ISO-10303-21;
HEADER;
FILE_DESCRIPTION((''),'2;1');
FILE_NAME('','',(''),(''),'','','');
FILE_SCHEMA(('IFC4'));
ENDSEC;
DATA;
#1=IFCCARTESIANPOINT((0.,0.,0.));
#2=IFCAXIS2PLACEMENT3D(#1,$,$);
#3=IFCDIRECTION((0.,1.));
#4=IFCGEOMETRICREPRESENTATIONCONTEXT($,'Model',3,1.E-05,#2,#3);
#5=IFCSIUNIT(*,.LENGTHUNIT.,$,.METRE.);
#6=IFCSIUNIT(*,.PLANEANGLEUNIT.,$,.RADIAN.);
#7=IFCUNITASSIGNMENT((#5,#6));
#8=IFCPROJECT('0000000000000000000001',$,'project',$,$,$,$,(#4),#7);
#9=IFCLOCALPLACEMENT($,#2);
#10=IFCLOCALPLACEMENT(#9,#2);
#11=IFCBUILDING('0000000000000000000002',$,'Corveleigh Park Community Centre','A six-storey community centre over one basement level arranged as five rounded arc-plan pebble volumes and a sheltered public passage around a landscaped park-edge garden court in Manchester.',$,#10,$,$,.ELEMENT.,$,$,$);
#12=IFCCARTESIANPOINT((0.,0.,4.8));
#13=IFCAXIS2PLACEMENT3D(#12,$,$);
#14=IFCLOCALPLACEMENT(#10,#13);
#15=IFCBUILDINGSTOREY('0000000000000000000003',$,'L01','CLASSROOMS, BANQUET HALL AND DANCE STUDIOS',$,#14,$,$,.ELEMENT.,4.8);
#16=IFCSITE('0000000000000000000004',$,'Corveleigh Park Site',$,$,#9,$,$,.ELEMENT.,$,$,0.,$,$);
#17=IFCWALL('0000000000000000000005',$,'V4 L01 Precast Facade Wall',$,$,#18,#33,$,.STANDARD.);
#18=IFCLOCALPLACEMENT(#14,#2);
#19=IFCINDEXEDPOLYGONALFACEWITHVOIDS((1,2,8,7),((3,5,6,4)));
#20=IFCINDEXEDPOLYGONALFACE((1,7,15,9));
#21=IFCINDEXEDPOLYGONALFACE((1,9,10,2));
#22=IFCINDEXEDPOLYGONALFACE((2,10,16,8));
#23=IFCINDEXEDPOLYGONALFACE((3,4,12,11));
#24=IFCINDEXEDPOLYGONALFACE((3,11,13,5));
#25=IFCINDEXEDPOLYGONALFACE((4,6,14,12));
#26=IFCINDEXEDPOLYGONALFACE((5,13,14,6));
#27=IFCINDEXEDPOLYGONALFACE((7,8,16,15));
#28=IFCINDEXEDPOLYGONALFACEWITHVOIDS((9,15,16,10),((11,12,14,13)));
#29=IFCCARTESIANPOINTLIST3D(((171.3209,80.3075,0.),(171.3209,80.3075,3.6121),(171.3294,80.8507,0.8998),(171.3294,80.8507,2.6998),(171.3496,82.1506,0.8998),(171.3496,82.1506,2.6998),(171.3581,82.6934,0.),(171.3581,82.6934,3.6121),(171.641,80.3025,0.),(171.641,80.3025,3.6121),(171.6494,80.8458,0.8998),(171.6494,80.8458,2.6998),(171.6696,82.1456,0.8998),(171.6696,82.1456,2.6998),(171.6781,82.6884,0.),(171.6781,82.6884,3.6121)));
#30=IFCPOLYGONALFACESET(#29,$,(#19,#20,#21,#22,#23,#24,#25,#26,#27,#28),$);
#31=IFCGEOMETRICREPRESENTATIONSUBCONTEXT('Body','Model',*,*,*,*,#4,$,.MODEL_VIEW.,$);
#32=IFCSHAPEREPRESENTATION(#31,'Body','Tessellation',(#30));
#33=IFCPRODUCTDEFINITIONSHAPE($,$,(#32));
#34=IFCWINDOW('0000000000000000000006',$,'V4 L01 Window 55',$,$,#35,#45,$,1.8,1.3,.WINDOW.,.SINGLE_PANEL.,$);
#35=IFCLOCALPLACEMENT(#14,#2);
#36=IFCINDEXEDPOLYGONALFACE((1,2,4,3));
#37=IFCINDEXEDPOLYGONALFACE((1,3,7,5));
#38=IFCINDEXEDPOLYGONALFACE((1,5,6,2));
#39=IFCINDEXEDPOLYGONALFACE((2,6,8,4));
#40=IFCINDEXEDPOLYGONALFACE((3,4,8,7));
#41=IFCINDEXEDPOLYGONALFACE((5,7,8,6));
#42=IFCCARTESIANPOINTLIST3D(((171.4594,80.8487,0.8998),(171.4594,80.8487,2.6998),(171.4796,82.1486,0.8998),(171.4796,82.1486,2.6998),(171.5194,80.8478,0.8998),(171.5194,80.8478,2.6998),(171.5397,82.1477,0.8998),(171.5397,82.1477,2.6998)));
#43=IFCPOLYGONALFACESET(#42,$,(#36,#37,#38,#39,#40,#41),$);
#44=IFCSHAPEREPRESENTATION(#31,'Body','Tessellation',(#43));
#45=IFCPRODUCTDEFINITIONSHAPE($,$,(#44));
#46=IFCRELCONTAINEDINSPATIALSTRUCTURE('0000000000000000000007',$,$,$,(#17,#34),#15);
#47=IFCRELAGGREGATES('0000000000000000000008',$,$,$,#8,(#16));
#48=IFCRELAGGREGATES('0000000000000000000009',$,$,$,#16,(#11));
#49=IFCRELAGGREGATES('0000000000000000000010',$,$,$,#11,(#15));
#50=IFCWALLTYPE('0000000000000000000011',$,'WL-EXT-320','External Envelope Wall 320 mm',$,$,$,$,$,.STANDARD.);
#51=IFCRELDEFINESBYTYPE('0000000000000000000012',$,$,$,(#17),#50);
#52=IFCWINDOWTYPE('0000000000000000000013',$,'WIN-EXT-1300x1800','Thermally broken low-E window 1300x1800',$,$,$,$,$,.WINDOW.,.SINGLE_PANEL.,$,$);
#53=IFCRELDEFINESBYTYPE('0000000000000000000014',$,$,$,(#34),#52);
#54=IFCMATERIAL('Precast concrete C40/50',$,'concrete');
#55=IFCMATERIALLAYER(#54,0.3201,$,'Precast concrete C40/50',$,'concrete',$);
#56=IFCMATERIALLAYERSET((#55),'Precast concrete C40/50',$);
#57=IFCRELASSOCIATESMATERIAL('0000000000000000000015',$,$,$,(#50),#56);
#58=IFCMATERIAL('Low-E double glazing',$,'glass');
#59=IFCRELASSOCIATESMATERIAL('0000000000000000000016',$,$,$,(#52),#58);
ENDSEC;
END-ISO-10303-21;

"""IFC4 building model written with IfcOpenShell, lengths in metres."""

from ifc_helpers import new_model, si_unit, direction, frame, frame_2d, origin, place, context, subcontext, project, spatial, rectangle, extrude, material, layer, layer_set, type_object, element, fill, save


model = new_model("IFC4")

# Units and contexts
model_context = context("Model", 3, precision=1e-05, world=origin(), true_north=direction((0.0, 1.0)))
body_context = subcontext(model_context, "Body", "Model", "MODEL_VIEW")
ifc_project = project(units=[si_unit("LENGTHUNIT", "METRE"), si_unit("PLANEANGLEUNIT", "RADIAN")], contexts=[model_context])

# Site, building, storey
site_placement = place(None, origin())
site = spatial("IfcSite", under=ifc_project, at=site_placement, Name="Corveleigh Park Site", CompositionType="ELEMENT", RefElevation=0.0)
building_placement = place(site_placement, origin())
building = spatial("IfcBuilding", under=site, at=building_placement, Name="Corveleigh Park Community Centre", Description="A six-storey community centre over one basement level arranged as five rounded arc-plan pebble volumes and a sheltered public passage around a landscaped park-edge garden court in Manchester.", CompositionType="ELEMENT")
storey_placement = place(building_placement, frame((0.0, 0.0, 4.8)))
storey = spatial("IfcBuildingStorey", under=building, at=storey_placement, Name="L01", Description="CLASSROOMS, BANQUET HALL AND DANCE STUDIOS", CompositionType="ELEMENT", Elevation=4.8)

# Shared definitions
ifc_material_1 = material(Name="Low-E double glazing", Category="glass")

# Wall, opening, window
ifc_material_2 = material(Name="Precast concrete C40/50", Category="concrete")
ifc_layer_1 = layer(ifc_material_2, 0.3201, Name="Precast concrete C40/50", Category="concrete")
ifc_layer_set_1 = layer_set([ifc_layer_1], Name="Precast concrete C40/50")
wall_type = type_object("IfcWallType", Name="WL-EXT-320", Description="External Envelope Wall 320 mm", PredefinedType="STANDARD", material=ifc_layer_set_1)
wall_placement = place(storey_placement, frame((171.5181, 82.6909, 0.0), z_axis=(0.0, 0.0, 1.0), x_axis=(-0.015551, -0.999879, 0.0)))
wall = element("IfcWall", 1, at=wall_placement, inside=storey, type_object=wall_type, Name="V4 L01 Precast Facade Wall", PredefinedType="STANDARD", context=body_context, shape_type="SweptSolid", body=[
    extrude(rectangle(XDim=2.3862, YDim=0.3201, at=frame_2d((1.1931, 0.0))), origin(), (0.0, 0.0, 1.0), 3.6121),
])
opening_placement = place(wall_placement, frame((0.543, 0.0, 0.8999)))
opening = element("IfcOpeningElement", 2, at=opening_placement, cuts=wall, PredefinedType="OPENING", context=body_context, shape_type="SweptSolid", body=[
    extrude(rectangle(XDim=1.3, YDim=1.8, at=frame_2d((0.6499, 0.8999))), frame((0.0, 0.1699, 0.0), z_axis=(0.0, -1.0, 0.0), x_axis=(1.0, 0.0, 0.0)), (0.0, 0.0, 1.0), 0.3401),
])
window_type = type_object("IfcWindowType", Name="WIN-EXT-1300x1800", Description="Thermally broken low-E window 1300x1800", PartitioningType="SINGLE_PANEL", PredefinedType="WINDOW", material=ifc_material_1)
window_placement = place(opening_placement, origin())
window = element("IfcWindow", 3, at=window_placement, inside=storey, type_object=window_type, Name="V4 L01 Window 55", OverallHeight=1.8, OverallWidth=1.3, PartitioningType="SINGLE_PANEL", PredefinedType="WINDOW", context=body_context, shape_type="SweptSolid", body=[
    extrude(rectangle(XDim=1.3, YDim=1.8, at=frame_2d((0.6499, 0.8999))), frame((0.0, 0.03, 0.0), z_axis=(0.0, -1.0, 0.0), x_axis=(1.0, 0.0, 0.0)), (0.0, 0.0, 1.0), 0.0601),
])
fill(opening, window)

save(model, "model.ifc")
